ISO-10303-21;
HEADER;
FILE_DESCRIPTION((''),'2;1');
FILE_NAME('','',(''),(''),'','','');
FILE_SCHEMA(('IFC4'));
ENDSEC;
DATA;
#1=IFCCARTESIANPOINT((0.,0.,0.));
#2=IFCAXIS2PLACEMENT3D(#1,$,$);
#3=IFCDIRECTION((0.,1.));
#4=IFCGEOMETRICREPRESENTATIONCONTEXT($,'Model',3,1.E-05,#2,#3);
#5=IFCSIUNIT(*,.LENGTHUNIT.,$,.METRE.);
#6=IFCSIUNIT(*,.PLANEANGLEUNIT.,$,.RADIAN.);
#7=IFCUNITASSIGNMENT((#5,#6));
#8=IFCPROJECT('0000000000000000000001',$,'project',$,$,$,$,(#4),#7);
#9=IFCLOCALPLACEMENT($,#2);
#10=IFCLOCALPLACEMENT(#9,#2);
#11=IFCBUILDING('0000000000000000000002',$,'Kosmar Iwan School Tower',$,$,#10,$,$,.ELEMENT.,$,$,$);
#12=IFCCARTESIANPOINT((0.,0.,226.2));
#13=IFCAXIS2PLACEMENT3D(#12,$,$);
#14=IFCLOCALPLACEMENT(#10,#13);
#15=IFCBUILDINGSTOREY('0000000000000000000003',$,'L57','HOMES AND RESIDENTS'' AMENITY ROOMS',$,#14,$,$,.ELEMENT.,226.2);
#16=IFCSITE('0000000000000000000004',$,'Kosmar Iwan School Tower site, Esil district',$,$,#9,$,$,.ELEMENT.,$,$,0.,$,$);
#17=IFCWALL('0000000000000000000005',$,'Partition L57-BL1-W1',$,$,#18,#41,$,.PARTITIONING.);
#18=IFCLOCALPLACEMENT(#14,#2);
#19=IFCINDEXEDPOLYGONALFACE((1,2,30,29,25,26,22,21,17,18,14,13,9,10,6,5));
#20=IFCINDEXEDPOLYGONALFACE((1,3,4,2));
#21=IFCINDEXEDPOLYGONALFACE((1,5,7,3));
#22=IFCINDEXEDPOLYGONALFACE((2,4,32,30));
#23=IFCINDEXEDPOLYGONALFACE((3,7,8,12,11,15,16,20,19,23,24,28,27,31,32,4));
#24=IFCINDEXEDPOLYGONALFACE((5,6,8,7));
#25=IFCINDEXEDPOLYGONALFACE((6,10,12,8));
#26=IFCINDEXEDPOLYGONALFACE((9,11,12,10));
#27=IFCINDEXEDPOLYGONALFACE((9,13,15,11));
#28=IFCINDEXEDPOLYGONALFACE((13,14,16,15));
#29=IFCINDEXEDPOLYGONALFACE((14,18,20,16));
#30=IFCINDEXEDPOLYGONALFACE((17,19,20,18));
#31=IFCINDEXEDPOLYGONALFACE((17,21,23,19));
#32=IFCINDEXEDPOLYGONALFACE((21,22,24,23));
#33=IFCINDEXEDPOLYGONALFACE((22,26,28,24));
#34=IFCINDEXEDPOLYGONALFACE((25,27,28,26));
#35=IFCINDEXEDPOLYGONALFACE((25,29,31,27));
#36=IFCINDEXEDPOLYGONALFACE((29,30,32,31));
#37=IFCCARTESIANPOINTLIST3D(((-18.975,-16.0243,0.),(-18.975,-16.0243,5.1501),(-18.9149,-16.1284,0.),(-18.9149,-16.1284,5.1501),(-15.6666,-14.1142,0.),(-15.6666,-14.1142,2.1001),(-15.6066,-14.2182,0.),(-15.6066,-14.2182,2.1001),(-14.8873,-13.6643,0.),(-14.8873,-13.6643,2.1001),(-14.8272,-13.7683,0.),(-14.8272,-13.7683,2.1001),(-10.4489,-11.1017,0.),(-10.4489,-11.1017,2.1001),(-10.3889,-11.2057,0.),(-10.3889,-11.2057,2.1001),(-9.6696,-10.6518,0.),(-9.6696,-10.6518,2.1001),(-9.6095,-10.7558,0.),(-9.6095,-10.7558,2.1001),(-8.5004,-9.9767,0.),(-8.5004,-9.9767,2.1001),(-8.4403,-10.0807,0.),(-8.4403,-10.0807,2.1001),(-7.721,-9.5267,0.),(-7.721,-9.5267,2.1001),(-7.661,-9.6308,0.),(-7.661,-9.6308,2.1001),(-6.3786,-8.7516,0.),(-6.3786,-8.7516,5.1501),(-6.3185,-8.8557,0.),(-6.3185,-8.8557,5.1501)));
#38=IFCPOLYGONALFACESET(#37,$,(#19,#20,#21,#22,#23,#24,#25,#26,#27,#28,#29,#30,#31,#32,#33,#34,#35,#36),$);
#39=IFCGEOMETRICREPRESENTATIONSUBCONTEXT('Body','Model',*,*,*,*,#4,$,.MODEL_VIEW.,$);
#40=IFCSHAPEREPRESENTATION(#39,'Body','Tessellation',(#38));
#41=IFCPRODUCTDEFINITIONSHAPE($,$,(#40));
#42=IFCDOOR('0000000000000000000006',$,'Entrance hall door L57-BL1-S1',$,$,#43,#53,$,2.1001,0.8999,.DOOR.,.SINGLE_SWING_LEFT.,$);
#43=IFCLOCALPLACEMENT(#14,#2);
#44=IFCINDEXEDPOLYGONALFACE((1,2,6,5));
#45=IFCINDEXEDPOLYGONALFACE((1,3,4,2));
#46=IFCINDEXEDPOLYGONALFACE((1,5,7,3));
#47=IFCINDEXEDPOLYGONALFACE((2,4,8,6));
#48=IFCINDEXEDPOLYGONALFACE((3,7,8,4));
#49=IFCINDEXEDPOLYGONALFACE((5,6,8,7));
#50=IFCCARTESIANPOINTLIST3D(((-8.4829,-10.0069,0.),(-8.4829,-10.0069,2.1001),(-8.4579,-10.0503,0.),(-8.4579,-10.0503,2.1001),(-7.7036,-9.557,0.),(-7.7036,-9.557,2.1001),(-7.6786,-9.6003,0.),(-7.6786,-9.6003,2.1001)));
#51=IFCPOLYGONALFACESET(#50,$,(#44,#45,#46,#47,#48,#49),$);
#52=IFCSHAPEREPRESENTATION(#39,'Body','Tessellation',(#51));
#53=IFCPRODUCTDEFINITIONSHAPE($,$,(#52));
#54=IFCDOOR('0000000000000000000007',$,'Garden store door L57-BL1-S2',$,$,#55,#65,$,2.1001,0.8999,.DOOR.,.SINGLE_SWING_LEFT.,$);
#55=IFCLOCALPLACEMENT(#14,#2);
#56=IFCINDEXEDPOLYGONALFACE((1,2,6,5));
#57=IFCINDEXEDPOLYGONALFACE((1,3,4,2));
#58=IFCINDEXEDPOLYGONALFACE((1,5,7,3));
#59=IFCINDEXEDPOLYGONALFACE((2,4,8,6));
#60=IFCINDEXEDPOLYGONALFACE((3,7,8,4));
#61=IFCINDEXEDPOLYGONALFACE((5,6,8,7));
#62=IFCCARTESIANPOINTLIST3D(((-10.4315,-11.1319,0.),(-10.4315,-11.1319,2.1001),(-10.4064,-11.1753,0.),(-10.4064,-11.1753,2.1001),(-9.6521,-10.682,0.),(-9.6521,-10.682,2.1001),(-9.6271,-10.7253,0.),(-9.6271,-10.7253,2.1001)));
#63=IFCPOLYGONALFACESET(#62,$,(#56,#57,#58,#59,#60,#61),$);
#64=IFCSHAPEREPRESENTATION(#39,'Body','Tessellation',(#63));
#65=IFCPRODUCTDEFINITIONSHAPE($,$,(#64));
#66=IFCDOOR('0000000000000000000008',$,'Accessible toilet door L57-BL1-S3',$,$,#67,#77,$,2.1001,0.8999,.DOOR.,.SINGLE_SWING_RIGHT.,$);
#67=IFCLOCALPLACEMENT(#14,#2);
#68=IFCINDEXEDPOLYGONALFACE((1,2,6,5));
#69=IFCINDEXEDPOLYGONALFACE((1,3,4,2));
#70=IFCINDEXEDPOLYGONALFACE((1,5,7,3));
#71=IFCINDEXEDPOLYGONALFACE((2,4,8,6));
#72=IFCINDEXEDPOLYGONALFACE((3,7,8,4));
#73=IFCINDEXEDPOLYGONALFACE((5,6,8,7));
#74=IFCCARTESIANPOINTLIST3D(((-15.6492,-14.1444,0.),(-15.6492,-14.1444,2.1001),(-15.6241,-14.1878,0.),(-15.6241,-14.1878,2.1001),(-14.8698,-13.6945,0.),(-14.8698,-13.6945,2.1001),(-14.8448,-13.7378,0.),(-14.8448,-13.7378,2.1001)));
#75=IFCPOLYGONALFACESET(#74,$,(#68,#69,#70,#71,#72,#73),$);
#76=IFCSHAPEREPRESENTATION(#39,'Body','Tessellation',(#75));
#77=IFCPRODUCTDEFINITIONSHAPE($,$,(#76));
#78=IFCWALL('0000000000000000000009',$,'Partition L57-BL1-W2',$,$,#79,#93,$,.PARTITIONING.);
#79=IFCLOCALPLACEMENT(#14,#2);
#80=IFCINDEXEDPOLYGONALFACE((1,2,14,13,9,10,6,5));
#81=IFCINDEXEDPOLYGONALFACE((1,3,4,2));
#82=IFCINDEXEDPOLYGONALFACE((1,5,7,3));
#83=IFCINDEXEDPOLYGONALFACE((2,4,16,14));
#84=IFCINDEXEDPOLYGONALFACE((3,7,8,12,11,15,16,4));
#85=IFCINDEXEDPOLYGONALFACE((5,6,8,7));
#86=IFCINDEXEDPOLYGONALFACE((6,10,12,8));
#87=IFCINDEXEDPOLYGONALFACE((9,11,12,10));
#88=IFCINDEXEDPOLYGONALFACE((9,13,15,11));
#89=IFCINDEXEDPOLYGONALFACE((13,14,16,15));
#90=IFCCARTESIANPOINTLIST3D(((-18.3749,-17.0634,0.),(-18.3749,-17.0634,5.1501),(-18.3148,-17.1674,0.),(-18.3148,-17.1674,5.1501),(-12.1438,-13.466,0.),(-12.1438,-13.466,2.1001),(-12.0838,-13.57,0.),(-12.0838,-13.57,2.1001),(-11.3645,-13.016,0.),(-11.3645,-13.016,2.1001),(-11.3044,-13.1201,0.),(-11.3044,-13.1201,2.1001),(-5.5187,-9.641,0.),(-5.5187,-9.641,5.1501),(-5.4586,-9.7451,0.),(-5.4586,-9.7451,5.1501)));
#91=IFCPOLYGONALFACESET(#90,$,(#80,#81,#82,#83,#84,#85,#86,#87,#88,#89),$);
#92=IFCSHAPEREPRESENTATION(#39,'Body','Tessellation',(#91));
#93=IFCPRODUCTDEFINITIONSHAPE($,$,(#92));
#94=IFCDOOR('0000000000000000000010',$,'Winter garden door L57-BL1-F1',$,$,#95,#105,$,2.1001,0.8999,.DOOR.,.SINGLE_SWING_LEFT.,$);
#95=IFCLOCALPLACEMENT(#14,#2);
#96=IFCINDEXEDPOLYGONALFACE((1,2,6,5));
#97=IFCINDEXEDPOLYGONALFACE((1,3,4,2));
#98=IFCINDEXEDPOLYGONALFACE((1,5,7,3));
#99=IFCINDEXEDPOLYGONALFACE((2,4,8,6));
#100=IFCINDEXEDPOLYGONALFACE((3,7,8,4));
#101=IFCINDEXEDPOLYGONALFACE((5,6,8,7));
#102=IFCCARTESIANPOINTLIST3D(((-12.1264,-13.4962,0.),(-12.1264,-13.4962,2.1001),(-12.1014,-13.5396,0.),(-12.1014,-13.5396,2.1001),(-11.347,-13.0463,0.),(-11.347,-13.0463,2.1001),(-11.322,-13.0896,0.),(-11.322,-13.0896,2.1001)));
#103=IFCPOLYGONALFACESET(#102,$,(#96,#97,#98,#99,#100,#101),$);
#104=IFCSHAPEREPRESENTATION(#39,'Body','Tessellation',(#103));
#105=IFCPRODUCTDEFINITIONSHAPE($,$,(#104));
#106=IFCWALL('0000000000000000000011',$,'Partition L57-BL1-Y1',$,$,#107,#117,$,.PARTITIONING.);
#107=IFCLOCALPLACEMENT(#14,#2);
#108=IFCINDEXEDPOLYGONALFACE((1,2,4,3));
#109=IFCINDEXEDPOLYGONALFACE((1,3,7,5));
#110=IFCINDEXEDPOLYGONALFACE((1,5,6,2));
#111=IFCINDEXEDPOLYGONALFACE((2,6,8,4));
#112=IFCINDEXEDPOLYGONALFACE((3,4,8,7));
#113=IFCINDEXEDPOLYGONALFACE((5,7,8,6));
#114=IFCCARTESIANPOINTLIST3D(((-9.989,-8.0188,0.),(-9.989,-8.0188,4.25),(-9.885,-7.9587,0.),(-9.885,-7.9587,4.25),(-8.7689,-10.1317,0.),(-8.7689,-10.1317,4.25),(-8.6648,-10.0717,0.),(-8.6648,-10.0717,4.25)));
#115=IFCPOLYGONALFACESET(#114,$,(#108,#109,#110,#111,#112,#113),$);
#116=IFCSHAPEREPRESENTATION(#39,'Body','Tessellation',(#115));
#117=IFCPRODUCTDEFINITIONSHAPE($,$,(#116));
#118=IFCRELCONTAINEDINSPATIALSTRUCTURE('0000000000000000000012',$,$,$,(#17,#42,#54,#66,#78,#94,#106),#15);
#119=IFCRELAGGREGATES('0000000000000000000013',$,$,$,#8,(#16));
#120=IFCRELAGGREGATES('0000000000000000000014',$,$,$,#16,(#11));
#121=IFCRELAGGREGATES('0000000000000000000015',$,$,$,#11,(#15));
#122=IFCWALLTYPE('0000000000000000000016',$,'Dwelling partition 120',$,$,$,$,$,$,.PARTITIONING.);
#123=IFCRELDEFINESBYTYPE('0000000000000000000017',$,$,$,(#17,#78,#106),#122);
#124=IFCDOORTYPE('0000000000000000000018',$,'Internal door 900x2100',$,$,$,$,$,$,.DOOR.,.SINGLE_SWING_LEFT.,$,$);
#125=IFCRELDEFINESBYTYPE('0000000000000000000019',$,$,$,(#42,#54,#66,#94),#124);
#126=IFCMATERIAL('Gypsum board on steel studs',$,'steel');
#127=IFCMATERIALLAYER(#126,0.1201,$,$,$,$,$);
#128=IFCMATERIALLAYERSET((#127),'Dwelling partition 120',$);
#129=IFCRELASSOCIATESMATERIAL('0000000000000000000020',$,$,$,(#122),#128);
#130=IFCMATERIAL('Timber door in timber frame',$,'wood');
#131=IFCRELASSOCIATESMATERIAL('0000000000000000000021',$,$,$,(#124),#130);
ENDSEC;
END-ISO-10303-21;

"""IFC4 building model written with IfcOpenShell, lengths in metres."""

from ifc_helpers import new_model, si_unit, direction, frame, frame_2d, origin, place, context, subcontext, project, spatial, rectangle, extrude, material, layer, layer_set, type_object, element, fill, save


model = new_model("IFC4")

# Units and contexts
model_context = context("Model", 3, precision=1e-05, world=origin(), true_north=direction((0.0, 1.0)))
body_context = subcontext(model_context, "Body", "Model", "MODEL_VIEW")
ifc_project = project(units=[si_unit("LENGTHUNIT", "METRE"), si_unit("PLANEANGLEUNIT", "RADIAN")], contexts=[model_context])

# Site, building, storey
site_placement = place(None, origin())
site = spatial("IfcSite", under=ifc_project, at=site_placement, Name="Kosmar Iwan School Tower site, Esil district", CompositionType="ELEMENT", RefElevation=0.0)
building_placement = place(site_placement, origin())
building = spatial("IfcBuilding", under=site, at=building_placement, Name="Kosmar Iwan School Tower", CompositionType="ELEMENT")
storey_placement = place(building_placement, frame((0.0, 0.0, 226.2)))
storey = spatial("IfcBuildingStorey", under=building, at=storey_placement, Name="L57", Description="HOMES AND RESIDENTS' AMENITY ROOMS", CompositionType="ELEMENT", Elevation=226.2)

# Wall, openings, doors
ifc_material_1 = material(Name="Gypsum board on steel studs", Category="steel")
ifc_layer_1 = layer(ifc_material_1, 0.1201)
ifc_layer_set_1 = layer_set([ifc_layer_1], Name="Dwelling partition 120")
wall_type_1 = type_object("IfcWallType", Name="Dwelling partition 120", PredefinedType="PARTITIONING", material=ifc_layer_set_1)
wall_1_placement = place(storey_placement, frame((-6.3486, -8.8037, 0.0), z_axis=(0.0, 0.0, 1.0), x_axis=(-0.866021, -0.500008, 0.0)))
wall_1 = element("IfcWall", 1, at=wall_1_placement, inside=storey, type_object=wall_type_1, Name="Partition L57-BL1-W1", PredefinedType="PARTITIONING", context=body_context, shape_type="SweptSolid", body=[
    extrude(rectangle(XDim=14.5452, YDim=0.1201, at=frame_2d((7.2725, 0.0))), origin(), (0.0, 0.0, 1.0), 5.1501),
])
opening_1_placement = place(wall_1_placement, frame((1.55, 0.0, 0.0)))
opening_1 = element("IfcOpeningElement", 2, at=opening_1_placement, cuts=wall_1, PredefinedType="OPENING", context=body_context, shape_type="SweptSolid", body=[
    extrude(rectangle(XDim=0.8999, YDim=2.1001, at=frame_2d((0.45, 1.05))), frame((0.0, 0.072, 0.0), z_axis=(0.0, -1.0, 0.0), x_axis=(1.0, 0.0, 0.0)), (0.0, 0.0, 1.0), 0.144),
])
opening_2_placement = place(wall_1_placement, frame((3.8, 0.0, 0.0)))
opening_2 = element("IfcOpeningElement", 3, at=opening_2_placement, cuts=wall_1, PredefinedType="OPENING", context=body_context, shape_type="SweptSolid", body=[
    extrude(rectangle(XDim=0.8999, YDim=2.1001, at=frame_2d((0.45, 1.05))), frame((0.0, 0.072, 0.0), z_axis=(0.0, -1.0, 0.0), x_axis=(1.0, 0.0, 0.0)), (0.0, 0.0, 1.0), 0.144),
])
opening_3_placement = place(wall_1_placement, frame((9.825, 0.0, 0.0)))
opening_3 = element("IfcOpeningElement", 4, at=opening_3_placement, cuts=wall_1, PredefinedType="OPENING", context=body_context, shape_type="SweptSolid", body=[
    extrude(rectangle(XDim=0.8999, YDim=2.1001, at=frame_2d((0.45, 1.05))), frame((0.0, 0.072, 0.0), z_axis=(0.0, -1.0, 0.0), x_axis=(1.0, 0.0, 0.0)), (0.0, 0.0, 1.0), 0.144),
])
ifc_material_2 = material(Name="Timber door in timber frame", Category="wood")
door_type_1 = type_object("IfcDoorType", Name="Internal door 900x2100", OperationType="SINGLE_SWING_LEFT", PredefinedType="DOOR", material=ifc_material_2)
door_1_placement = place(opening_1_placement, origin())
door_1 = element("IfcDoor", 5, at=door_1_placement, inside=storey, type_object=door_type_1, Name="Entrance hall door L57-BL1-S1", OperationType="SINGLE_SWING_LEFT", OverallHeight=2.1001, OverallWidth=0.8999, PredefinedType="DOOR", context=body_context, shape_type="SweptSolid", body=[
    extrude(rectangle(XDim=0.8999, YDim=2.1001, at=frame_2d((0.45, 1.05))), frame((0.0, 0.0249, 0.0), z_axis=(0.0, -1.0, 0.0), x_axis=(1.0, 0.0, 0.0)), (0.0, 0.0, 1.0), 0.05),
])
fill(opening_1, door_1)
door_2_placement = place(opening_2_placement, origin())
door_2 = element("IfcDoor", 6, at=door_2_placement, inside=storey, type_object=door_type_1, Name="Garden store door L57-BL1-S2", OperationType="SINGLE_SWING_LEFT", OverallHeight=2.1001, OverallWidth=0.8999, PredefinedType="DOOR", context=body_context, shape_type="SweptSolid", body=[
    extrude(rectangle(XDim=0.8999, YDim=2.1001, at=frame_2d((0.45, 1.05))), frame((0.0, 0.0249, 0.0), z_axis=(0.0, -1.0, 0.0), x_axis=(1.0, 0.0, 0.0)), (0.0, 0.0, 1.0), 0.05),
])
fill(opening_2, door_2)
door_3_placement = place(opening_3_placement, origin())
door_3 = element("IfcDoor", 7, at=door_3_placement, inside=storey, type_object=door_type_1, Name="Accessible toilet door L57-BL1-S3", OperationType="SINGLE_SWING_RIGHT", OverallHeight=2.1001, OverallWidth=0.8999, PredefinedType="DOOR", context=body_context, shape_type="SweptSolid", body=[
    extrude(rectangle(XDim=0.8999, YDim=2.1001, at=frame_2d((0.45, 1.05))), frame((0.0, 0.0249, 0.0), z_axis=(0.0, -1.0, 0.0), x_axis=(1.0, 0.0, 0.0)), (0.0, 0.0, 1.0), 0.05),
])
fill(opening_3, door_3)

# Wall, opening, door
wall_2_placement = place(storey_placement, frame((-5.4888, -9.6931, 0.0), z_axis=(0.0, 0.0, 1.0), x_axis=(-0.86603, -0.499992, 0.0)))
wall_2 = element("IfcWall", 8, at=wall_2_placement, inside=storey, type_object=wall_type_1, Name="Partition L57-BL1-W2", PredefinedType="PARTITIONING", context=body_context, shape_type="SweptSolid", body=[
    extrude(rectangle(XDim=14.845, YDim=0.1201, at=frame_2d((7.4224, 0.0))), origin(), (0.0, 0.0, 1.0), 5.1501),
])
opening_4_placement = place(wall_2_placement, frame((6.75, 0.0, 0.0)))
opening_4 = element("IfcOpeningElement", 9, at=opening_4_placement, cuts=wall_2, PredefinedType="OPENING", context=body_context, shape_type="SweptSolid", body=[
    extrude(rectangle(XDim=0.8999, YDim=2.1001, at=frame_2d((0.45, 1.05))), frame((0.0, 0.072, 0.0), z_axis=(0.0, -1.0, 0.0), x_axis=(1.0, 0.0, 0.0)), (0.0, 0.0, 1.0), 0.144),
])
door_4_placement = place(opening_4_placement, origin())
door_4 = element("IfcDoor", 10, at=door_4_placement, inside=storey, type_object=door_type_1, Name="Winter garden door L57-BL1-F1", OperationType="SINGLE_SWING_LEFT", OverallHeight=2.1001, OverallWidth=0.8999, PredefinedType="DOOR", context=body_context, shape_type="SweptSolid", body=[
    extrude(rectangle(XDim=0.8999, YDim=2.1001, at=frame_2d((0.45, 1.05))), frame((0.0, 0.0249, 0.0), z_axis=(0.0, -1.0, 0.0), x_axis=(1.0, 0.0, 0.0)), (0.0, 0.0, 1.0), 0.05),
])
fill(opening_4, door_4)

# Wall
wall_3_placement = place(storey_placement, frame((-9.937, -7.9888, 0.0), z_axis=(0.0, 0.0, 1.0), x_axis=(0.500078, -0.865981, 0.0)))
element("IfcWall", 11, at=wall_3_placement, inside=storey, type_object=wall_type_1, Name="Partition L57-BL1-Y1", PredefinedType="PARTITIONING", context=body_context, shape_type="SweptSolid", body=[
    extrude(rectangle(XDim=2.4399, YDim=0.1201, at=frame_2d((1.22, 0.0))), origin(), (0.0, 0.0, 1.0), 4.25),
])

save(model, "model.ifc")
